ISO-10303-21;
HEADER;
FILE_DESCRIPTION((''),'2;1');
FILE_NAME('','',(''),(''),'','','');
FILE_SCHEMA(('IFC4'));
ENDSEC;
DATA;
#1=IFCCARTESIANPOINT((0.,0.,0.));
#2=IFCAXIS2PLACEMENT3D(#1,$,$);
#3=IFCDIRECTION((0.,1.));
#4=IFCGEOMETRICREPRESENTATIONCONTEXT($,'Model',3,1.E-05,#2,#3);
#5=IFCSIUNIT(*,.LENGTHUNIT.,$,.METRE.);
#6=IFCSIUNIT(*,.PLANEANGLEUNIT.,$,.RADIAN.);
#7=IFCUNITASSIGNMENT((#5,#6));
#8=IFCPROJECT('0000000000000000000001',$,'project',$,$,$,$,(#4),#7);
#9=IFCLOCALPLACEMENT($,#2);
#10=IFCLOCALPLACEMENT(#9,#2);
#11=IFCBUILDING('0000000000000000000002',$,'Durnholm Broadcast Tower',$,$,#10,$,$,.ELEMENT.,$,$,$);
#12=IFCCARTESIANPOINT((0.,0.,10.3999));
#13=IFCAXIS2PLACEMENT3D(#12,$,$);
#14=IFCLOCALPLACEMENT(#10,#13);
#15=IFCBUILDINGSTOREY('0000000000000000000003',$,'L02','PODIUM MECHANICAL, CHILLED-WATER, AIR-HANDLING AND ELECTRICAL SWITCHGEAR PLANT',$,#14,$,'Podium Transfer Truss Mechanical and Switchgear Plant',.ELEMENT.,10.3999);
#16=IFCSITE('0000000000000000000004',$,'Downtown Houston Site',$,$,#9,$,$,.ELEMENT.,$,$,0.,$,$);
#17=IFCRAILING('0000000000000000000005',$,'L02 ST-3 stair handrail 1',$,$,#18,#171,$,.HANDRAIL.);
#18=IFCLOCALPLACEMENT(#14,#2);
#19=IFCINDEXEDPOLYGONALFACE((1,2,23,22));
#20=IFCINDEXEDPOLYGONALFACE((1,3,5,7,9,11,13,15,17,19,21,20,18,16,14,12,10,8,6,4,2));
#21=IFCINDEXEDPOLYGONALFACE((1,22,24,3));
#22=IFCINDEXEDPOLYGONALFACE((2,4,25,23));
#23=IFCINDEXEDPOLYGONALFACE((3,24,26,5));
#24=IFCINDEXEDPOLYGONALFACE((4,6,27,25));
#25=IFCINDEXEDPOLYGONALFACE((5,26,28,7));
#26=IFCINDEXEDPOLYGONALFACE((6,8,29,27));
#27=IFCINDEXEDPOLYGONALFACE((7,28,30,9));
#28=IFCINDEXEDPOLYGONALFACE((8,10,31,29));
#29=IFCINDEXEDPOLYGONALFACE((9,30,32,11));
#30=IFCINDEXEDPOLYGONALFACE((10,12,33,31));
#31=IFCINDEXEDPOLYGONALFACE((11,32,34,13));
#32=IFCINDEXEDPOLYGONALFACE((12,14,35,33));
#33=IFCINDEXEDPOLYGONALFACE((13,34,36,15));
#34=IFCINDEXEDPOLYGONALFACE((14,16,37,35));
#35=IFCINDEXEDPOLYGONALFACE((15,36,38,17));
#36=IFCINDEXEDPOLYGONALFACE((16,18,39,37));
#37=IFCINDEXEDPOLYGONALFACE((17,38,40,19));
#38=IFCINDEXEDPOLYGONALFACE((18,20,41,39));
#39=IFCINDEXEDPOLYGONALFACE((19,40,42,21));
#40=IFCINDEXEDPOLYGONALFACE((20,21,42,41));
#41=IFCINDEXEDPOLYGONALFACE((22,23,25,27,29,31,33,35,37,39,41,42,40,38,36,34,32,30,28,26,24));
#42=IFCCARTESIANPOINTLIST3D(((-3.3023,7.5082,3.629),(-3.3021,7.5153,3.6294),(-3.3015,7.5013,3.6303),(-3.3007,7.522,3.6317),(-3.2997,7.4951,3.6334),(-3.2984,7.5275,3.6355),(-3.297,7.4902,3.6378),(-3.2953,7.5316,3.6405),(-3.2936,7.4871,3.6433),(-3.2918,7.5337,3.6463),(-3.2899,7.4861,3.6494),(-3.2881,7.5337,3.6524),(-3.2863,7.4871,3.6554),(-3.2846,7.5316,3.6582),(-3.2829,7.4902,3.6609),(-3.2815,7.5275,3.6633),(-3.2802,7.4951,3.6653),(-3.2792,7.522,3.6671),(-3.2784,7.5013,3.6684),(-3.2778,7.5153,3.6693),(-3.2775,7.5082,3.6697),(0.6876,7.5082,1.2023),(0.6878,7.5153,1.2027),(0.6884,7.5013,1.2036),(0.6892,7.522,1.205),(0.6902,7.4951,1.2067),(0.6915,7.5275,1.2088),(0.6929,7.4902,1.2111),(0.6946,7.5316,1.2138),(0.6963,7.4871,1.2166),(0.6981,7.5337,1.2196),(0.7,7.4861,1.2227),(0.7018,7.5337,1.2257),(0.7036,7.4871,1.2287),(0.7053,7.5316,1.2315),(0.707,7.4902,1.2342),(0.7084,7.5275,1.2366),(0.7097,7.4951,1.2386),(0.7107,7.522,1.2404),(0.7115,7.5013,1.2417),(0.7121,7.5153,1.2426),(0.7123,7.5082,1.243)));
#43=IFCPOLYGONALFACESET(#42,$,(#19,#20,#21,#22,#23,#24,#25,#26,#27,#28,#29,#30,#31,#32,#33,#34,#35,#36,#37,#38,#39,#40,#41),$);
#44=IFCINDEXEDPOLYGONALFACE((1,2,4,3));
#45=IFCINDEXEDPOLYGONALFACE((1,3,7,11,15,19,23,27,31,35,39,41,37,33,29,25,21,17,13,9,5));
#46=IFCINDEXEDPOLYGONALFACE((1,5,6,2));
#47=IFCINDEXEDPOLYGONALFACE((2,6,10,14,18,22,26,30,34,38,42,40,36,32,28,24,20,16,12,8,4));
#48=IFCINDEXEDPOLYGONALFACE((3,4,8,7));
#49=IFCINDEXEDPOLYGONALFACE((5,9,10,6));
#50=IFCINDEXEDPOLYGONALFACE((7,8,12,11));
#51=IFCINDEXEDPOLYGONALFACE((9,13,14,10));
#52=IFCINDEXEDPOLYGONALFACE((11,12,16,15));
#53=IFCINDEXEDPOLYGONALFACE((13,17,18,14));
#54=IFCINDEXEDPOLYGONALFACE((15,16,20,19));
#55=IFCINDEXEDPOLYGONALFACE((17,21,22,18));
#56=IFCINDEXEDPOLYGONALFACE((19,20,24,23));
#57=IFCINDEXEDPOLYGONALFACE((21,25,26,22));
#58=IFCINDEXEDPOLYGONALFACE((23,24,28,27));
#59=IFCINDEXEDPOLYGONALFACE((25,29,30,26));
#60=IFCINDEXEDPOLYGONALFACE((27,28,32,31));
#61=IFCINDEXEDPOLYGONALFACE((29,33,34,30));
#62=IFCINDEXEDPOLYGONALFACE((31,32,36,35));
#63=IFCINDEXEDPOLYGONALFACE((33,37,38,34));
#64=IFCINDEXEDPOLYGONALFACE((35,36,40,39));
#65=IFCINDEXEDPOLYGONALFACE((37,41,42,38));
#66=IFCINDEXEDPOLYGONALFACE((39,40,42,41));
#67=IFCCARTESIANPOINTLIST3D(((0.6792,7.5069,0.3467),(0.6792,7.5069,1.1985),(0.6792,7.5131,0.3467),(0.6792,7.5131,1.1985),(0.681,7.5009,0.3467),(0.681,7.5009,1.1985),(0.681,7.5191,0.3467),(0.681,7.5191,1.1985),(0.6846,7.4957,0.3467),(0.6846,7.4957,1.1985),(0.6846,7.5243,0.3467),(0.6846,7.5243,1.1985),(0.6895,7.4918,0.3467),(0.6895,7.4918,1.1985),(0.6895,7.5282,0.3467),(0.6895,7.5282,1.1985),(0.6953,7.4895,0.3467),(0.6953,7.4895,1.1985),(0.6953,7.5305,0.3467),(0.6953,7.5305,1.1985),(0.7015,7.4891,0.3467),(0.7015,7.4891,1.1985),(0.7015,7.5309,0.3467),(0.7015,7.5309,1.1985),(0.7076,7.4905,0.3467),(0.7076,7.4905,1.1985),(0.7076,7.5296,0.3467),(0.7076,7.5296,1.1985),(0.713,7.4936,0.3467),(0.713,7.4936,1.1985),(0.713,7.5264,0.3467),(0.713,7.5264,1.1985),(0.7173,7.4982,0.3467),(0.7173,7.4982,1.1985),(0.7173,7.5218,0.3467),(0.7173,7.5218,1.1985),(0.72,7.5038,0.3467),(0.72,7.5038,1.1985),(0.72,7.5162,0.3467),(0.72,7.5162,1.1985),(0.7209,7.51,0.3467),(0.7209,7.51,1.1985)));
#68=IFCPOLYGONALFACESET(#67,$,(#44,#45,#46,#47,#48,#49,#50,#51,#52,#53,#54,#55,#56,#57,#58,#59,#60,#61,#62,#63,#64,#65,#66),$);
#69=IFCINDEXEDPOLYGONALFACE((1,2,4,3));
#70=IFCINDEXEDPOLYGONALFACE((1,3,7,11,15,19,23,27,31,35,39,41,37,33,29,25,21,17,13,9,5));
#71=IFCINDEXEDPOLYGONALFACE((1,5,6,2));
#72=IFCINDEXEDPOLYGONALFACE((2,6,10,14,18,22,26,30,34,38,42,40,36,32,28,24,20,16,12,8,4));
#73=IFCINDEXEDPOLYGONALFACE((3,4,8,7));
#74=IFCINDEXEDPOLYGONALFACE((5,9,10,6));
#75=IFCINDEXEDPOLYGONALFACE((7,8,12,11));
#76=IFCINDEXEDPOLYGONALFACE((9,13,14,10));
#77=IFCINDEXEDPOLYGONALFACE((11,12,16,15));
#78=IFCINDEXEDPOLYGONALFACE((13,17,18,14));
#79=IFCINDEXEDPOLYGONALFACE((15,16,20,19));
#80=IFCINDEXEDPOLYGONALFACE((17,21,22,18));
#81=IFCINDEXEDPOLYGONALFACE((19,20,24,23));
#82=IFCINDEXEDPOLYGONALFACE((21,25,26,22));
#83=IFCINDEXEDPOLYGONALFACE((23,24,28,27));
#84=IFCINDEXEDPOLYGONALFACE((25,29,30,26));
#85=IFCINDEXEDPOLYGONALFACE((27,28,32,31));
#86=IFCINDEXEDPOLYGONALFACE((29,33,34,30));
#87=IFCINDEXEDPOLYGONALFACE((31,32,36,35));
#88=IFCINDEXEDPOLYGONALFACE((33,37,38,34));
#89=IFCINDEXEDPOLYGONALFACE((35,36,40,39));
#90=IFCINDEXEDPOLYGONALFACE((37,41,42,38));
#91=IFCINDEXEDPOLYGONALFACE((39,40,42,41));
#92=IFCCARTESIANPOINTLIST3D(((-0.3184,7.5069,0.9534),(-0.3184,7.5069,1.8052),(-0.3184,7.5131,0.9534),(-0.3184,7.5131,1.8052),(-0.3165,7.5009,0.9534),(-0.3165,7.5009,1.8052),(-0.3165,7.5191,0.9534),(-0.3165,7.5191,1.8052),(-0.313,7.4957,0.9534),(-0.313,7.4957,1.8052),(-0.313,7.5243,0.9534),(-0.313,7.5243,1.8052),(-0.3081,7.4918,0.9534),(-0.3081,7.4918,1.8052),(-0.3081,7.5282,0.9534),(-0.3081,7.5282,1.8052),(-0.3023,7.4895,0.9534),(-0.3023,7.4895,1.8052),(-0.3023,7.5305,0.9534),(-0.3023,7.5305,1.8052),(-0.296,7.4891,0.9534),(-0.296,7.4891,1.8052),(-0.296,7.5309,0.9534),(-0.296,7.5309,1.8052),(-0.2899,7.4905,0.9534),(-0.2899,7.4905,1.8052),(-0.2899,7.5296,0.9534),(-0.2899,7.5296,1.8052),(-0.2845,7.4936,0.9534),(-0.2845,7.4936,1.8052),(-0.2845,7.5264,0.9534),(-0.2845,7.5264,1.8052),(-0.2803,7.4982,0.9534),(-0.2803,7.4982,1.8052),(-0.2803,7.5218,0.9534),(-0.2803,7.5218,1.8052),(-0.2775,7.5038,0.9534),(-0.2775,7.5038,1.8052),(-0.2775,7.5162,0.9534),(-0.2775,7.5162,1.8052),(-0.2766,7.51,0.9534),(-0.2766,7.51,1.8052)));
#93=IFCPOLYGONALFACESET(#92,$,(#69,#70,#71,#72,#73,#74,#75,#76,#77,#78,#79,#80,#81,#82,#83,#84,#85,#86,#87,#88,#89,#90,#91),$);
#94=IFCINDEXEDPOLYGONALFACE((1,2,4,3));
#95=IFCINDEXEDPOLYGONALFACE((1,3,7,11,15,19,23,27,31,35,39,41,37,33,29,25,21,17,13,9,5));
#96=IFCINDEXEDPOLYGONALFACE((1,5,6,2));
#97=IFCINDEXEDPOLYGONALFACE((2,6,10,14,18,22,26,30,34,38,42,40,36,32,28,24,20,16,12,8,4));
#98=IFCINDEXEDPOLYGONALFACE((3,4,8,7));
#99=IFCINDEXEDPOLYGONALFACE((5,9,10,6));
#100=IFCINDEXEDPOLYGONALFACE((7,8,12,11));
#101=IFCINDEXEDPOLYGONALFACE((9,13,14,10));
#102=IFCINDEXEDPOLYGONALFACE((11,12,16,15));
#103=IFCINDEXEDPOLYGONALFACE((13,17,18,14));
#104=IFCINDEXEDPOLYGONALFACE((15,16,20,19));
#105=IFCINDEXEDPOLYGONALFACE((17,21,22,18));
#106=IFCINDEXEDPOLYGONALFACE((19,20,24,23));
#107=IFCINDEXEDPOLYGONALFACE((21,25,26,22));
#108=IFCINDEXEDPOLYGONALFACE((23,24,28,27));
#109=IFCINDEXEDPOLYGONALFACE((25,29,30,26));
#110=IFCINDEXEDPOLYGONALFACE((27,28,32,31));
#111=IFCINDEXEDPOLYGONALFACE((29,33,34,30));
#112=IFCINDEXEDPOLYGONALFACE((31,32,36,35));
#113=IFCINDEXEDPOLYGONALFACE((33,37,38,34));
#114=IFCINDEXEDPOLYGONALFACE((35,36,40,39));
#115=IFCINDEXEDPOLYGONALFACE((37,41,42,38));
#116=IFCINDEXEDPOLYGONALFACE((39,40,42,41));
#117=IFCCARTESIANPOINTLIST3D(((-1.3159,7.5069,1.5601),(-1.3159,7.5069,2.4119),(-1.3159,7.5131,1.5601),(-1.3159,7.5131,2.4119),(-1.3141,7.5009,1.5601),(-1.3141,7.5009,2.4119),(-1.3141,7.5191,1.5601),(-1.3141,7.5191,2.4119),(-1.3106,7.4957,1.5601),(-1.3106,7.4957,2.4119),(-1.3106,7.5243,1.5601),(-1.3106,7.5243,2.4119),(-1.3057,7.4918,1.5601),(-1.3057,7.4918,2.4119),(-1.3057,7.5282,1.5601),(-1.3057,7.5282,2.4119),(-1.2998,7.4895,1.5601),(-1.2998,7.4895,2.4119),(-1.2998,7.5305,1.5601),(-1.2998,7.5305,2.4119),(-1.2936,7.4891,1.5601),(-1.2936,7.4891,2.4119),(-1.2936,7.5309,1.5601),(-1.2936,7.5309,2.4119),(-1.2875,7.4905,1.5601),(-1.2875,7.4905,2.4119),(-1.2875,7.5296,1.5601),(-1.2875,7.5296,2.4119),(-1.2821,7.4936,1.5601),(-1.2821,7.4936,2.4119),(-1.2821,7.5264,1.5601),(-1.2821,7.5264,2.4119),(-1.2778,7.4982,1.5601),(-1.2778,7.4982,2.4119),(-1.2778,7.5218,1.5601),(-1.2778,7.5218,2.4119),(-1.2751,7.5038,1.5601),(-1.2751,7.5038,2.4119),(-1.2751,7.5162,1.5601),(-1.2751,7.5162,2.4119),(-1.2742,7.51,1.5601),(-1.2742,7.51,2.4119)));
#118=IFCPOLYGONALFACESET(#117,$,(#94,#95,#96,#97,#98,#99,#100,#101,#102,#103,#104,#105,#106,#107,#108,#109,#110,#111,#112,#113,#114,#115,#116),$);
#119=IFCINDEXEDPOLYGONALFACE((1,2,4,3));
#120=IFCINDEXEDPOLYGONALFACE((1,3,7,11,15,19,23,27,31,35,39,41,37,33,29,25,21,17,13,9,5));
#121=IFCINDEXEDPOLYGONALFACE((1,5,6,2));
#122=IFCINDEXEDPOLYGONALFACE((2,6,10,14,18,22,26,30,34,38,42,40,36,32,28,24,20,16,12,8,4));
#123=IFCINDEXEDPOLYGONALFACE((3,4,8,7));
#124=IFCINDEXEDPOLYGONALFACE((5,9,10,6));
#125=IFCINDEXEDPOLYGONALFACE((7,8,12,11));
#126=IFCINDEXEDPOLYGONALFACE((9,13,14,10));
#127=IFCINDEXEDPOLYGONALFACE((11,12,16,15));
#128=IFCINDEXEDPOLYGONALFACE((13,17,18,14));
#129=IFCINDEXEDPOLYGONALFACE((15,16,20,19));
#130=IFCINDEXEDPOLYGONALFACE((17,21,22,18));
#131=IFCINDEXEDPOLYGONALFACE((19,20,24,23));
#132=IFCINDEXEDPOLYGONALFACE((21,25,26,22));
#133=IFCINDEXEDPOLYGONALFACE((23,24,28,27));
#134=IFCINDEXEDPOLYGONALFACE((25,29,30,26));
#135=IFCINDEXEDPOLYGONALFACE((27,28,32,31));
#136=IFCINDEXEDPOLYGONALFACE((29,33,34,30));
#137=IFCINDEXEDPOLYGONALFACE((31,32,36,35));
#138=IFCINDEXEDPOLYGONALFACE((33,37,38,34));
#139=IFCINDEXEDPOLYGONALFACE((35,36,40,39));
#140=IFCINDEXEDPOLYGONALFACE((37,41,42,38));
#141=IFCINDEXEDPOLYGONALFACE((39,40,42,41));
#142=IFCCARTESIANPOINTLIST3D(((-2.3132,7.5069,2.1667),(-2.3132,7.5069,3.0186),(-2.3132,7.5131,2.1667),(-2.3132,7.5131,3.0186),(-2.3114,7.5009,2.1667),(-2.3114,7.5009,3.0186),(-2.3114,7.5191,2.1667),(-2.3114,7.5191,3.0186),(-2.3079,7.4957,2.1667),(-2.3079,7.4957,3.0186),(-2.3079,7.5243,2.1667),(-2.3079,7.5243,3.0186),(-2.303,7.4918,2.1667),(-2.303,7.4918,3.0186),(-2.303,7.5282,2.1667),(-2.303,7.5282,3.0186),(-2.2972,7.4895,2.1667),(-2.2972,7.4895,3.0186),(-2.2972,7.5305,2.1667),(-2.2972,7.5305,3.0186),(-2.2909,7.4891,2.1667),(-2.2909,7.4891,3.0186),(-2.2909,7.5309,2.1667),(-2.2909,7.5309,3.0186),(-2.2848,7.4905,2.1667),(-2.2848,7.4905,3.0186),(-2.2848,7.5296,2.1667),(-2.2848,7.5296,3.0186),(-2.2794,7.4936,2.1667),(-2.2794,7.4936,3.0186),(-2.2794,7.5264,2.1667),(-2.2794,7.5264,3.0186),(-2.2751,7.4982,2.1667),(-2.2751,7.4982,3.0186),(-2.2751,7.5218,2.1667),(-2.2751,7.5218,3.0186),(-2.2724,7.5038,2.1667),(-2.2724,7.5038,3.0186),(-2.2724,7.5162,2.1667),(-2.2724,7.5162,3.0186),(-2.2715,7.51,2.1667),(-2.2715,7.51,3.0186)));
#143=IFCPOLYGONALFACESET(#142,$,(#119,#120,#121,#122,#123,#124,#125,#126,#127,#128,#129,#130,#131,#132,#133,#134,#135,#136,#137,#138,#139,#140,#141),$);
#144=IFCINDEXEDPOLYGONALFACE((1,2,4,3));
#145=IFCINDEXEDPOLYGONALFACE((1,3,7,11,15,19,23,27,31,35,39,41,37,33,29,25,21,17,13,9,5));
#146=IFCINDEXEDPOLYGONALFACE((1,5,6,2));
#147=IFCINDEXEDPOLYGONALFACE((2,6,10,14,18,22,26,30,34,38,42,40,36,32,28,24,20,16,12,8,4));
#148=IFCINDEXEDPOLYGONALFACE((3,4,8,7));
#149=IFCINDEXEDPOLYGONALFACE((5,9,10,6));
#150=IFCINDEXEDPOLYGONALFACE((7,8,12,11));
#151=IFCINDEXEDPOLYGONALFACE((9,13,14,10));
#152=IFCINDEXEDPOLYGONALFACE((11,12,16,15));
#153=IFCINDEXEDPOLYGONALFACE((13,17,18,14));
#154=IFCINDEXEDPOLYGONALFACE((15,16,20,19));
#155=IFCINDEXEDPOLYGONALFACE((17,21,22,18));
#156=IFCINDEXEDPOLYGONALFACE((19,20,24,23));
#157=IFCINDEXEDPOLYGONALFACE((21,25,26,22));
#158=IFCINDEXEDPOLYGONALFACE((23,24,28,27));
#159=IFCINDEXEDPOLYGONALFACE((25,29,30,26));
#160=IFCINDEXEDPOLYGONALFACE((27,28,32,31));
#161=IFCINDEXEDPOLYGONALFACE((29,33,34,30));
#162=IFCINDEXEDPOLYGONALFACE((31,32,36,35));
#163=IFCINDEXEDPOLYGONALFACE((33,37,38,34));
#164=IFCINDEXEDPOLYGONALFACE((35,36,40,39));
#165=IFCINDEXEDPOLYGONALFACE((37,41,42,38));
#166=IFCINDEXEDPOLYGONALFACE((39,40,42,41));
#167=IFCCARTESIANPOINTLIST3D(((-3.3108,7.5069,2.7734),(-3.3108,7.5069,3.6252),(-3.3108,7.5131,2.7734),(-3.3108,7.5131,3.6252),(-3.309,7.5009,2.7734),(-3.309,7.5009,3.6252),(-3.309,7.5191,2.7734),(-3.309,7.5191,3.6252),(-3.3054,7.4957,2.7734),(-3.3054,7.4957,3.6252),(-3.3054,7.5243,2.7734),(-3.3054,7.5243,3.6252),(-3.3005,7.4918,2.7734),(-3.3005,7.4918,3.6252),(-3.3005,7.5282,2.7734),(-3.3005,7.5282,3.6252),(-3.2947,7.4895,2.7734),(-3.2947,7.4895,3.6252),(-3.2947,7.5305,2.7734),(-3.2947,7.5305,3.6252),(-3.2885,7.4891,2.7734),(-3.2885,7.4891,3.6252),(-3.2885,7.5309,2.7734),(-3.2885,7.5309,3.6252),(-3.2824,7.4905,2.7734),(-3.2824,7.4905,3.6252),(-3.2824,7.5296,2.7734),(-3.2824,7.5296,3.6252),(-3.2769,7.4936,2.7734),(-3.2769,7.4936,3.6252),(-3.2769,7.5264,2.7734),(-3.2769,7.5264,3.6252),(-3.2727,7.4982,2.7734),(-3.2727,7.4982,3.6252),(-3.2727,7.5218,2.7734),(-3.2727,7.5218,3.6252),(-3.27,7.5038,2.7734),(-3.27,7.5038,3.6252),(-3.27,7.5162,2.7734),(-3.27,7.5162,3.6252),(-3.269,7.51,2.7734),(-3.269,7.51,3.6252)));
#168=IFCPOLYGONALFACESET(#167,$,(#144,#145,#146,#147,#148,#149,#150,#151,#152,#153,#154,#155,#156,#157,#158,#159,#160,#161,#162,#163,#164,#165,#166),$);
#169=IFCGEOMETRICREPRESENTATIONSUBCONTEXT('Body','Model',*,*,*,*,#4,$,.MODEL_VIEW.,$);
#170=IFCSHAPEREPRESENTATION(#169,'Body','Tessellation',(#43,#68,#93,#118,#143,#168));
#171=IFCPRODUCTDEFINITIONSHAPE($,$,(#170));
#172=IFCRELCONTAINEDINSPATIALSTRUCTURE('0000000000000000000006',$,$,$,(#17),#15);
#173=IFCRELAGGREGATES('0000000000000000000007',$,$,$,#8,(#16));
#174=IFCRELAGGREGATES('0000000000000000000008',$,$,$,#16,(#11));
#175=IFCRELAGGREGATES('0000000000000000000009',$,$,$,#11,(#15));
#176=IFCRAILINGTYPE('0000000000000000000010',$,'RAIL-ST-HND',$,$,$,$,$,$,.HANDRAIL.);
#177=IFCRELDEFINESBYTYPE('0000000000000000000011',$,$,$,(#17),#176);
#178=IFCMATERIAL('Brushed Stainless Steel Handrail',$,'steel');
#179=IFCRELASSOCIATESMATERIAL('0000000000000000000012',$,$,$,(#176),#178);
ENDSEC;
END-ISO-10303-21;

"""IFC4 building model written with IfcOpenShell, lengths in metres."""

from ifc_helpers import new_model, si_unit, direction, frame, origin, origin_2d, place, context, subcontext, project, spatial, circle, extrude, material, type_object, element, save


model = new_model("IFC4")

# Units and contexts
model_context = context("Model", 3, precision=1e-05, world=origin(), true_north=direction((0.0, 1.0)))
body_context = subcontext(model_context, "Body", "Model", "MODEL_VIEW")
ifc_project = project(units=[si_unit("LENGTHUNIT", "METRE"), si_unit("PLANEANGLEUNIT", "RADIAN")], contexts=[model_context])

# Site, building, storey
site_placement = place(None, origin())
site = spatial("IfcSite", under=ifc_project, at=site_placement, Name="Downtown Houston Site", CompositionType="ELEMENT", RefElevation=0.0)
building_placement = place(site_placement, origin())
building = spatial("IfcBuilding", under=site, at=building_placement, Name="Durnholm Broadcast Tower", CompositionType="ELEMENT")
storey_placement = place(building_placement, frame((0.0, 0.0, 10.3999)))
storey = spatial("IfcBuildingStorey", under=building, at=storey_placement, Name="L02", Description="PODIUM MECHANICAL, CHILLED-WATER, AIR-HANDLING AND ELECTRICAL SWITCHGEAR PLANT", LongName="Podium Transfer Truss Mechanical and Switchgear Plant", CompositionType="ELEMENT", Elevation=10.3999)

# Railing
ifc_material_1 = material(Name="Brushed Stainless Steel Handrail", Category="steel")
railing_type_1 = type_object("IfcRailingType", Name="RAIL-ST-HND", PredefinedType="HANDRAIL", material=ifc_material_1)
railing_1_placement = place(storey_placement, frame((0.7, 7.51, 0.3467)))
element("IfcRailing", 1, at=railing_1_placement, inside=storey, type_object=railing_type_1, Name="L02 ST-3 stair handrail 1", PredefinedType="HANDRAIL", context=body_context, shape_type="SweptSolid", body=[
    extrude(circle(Radius=0.0239, at=origin_2d()), frame((0.0, 0.0, 0.876), z_axis=(-0.854382, 0.0, 0.519645), x_axis=(0.0, -1.0, 0.0)), (0.0, 0.0, 1.0), 4.6699),
    extrude(circle(Radius=0.021, at=origin_2d()), origin(), (0.0, 0.0, 1.0), 0.8518),
    extrude(circle(Radius=0.021, at=origin_2d()), frame((-0.9976, 0.0, 0.6067)), (0.0, 0.0, 1.0), 0.8518),
    extrude(circle(Radius=0.021, at=origin_2d()), frame((-1.9951, 0.0, 1.2134)), (0.0, 0.0, 1.0), 0.8518),
    extrude(circle(Radius=0.021, at=origin_2d()), frame((-2.9924, 0.0, 1.8201)), (0.0, 0.0, 1.0), 0.8518),
    extrude(circle(Radius=0.021, at=origin_2d()), frame((-3.99, 0.0, 2.4268)), (0.0, 0.0, 1.0), 0.8518),
])

save(model, "model.ifc")
